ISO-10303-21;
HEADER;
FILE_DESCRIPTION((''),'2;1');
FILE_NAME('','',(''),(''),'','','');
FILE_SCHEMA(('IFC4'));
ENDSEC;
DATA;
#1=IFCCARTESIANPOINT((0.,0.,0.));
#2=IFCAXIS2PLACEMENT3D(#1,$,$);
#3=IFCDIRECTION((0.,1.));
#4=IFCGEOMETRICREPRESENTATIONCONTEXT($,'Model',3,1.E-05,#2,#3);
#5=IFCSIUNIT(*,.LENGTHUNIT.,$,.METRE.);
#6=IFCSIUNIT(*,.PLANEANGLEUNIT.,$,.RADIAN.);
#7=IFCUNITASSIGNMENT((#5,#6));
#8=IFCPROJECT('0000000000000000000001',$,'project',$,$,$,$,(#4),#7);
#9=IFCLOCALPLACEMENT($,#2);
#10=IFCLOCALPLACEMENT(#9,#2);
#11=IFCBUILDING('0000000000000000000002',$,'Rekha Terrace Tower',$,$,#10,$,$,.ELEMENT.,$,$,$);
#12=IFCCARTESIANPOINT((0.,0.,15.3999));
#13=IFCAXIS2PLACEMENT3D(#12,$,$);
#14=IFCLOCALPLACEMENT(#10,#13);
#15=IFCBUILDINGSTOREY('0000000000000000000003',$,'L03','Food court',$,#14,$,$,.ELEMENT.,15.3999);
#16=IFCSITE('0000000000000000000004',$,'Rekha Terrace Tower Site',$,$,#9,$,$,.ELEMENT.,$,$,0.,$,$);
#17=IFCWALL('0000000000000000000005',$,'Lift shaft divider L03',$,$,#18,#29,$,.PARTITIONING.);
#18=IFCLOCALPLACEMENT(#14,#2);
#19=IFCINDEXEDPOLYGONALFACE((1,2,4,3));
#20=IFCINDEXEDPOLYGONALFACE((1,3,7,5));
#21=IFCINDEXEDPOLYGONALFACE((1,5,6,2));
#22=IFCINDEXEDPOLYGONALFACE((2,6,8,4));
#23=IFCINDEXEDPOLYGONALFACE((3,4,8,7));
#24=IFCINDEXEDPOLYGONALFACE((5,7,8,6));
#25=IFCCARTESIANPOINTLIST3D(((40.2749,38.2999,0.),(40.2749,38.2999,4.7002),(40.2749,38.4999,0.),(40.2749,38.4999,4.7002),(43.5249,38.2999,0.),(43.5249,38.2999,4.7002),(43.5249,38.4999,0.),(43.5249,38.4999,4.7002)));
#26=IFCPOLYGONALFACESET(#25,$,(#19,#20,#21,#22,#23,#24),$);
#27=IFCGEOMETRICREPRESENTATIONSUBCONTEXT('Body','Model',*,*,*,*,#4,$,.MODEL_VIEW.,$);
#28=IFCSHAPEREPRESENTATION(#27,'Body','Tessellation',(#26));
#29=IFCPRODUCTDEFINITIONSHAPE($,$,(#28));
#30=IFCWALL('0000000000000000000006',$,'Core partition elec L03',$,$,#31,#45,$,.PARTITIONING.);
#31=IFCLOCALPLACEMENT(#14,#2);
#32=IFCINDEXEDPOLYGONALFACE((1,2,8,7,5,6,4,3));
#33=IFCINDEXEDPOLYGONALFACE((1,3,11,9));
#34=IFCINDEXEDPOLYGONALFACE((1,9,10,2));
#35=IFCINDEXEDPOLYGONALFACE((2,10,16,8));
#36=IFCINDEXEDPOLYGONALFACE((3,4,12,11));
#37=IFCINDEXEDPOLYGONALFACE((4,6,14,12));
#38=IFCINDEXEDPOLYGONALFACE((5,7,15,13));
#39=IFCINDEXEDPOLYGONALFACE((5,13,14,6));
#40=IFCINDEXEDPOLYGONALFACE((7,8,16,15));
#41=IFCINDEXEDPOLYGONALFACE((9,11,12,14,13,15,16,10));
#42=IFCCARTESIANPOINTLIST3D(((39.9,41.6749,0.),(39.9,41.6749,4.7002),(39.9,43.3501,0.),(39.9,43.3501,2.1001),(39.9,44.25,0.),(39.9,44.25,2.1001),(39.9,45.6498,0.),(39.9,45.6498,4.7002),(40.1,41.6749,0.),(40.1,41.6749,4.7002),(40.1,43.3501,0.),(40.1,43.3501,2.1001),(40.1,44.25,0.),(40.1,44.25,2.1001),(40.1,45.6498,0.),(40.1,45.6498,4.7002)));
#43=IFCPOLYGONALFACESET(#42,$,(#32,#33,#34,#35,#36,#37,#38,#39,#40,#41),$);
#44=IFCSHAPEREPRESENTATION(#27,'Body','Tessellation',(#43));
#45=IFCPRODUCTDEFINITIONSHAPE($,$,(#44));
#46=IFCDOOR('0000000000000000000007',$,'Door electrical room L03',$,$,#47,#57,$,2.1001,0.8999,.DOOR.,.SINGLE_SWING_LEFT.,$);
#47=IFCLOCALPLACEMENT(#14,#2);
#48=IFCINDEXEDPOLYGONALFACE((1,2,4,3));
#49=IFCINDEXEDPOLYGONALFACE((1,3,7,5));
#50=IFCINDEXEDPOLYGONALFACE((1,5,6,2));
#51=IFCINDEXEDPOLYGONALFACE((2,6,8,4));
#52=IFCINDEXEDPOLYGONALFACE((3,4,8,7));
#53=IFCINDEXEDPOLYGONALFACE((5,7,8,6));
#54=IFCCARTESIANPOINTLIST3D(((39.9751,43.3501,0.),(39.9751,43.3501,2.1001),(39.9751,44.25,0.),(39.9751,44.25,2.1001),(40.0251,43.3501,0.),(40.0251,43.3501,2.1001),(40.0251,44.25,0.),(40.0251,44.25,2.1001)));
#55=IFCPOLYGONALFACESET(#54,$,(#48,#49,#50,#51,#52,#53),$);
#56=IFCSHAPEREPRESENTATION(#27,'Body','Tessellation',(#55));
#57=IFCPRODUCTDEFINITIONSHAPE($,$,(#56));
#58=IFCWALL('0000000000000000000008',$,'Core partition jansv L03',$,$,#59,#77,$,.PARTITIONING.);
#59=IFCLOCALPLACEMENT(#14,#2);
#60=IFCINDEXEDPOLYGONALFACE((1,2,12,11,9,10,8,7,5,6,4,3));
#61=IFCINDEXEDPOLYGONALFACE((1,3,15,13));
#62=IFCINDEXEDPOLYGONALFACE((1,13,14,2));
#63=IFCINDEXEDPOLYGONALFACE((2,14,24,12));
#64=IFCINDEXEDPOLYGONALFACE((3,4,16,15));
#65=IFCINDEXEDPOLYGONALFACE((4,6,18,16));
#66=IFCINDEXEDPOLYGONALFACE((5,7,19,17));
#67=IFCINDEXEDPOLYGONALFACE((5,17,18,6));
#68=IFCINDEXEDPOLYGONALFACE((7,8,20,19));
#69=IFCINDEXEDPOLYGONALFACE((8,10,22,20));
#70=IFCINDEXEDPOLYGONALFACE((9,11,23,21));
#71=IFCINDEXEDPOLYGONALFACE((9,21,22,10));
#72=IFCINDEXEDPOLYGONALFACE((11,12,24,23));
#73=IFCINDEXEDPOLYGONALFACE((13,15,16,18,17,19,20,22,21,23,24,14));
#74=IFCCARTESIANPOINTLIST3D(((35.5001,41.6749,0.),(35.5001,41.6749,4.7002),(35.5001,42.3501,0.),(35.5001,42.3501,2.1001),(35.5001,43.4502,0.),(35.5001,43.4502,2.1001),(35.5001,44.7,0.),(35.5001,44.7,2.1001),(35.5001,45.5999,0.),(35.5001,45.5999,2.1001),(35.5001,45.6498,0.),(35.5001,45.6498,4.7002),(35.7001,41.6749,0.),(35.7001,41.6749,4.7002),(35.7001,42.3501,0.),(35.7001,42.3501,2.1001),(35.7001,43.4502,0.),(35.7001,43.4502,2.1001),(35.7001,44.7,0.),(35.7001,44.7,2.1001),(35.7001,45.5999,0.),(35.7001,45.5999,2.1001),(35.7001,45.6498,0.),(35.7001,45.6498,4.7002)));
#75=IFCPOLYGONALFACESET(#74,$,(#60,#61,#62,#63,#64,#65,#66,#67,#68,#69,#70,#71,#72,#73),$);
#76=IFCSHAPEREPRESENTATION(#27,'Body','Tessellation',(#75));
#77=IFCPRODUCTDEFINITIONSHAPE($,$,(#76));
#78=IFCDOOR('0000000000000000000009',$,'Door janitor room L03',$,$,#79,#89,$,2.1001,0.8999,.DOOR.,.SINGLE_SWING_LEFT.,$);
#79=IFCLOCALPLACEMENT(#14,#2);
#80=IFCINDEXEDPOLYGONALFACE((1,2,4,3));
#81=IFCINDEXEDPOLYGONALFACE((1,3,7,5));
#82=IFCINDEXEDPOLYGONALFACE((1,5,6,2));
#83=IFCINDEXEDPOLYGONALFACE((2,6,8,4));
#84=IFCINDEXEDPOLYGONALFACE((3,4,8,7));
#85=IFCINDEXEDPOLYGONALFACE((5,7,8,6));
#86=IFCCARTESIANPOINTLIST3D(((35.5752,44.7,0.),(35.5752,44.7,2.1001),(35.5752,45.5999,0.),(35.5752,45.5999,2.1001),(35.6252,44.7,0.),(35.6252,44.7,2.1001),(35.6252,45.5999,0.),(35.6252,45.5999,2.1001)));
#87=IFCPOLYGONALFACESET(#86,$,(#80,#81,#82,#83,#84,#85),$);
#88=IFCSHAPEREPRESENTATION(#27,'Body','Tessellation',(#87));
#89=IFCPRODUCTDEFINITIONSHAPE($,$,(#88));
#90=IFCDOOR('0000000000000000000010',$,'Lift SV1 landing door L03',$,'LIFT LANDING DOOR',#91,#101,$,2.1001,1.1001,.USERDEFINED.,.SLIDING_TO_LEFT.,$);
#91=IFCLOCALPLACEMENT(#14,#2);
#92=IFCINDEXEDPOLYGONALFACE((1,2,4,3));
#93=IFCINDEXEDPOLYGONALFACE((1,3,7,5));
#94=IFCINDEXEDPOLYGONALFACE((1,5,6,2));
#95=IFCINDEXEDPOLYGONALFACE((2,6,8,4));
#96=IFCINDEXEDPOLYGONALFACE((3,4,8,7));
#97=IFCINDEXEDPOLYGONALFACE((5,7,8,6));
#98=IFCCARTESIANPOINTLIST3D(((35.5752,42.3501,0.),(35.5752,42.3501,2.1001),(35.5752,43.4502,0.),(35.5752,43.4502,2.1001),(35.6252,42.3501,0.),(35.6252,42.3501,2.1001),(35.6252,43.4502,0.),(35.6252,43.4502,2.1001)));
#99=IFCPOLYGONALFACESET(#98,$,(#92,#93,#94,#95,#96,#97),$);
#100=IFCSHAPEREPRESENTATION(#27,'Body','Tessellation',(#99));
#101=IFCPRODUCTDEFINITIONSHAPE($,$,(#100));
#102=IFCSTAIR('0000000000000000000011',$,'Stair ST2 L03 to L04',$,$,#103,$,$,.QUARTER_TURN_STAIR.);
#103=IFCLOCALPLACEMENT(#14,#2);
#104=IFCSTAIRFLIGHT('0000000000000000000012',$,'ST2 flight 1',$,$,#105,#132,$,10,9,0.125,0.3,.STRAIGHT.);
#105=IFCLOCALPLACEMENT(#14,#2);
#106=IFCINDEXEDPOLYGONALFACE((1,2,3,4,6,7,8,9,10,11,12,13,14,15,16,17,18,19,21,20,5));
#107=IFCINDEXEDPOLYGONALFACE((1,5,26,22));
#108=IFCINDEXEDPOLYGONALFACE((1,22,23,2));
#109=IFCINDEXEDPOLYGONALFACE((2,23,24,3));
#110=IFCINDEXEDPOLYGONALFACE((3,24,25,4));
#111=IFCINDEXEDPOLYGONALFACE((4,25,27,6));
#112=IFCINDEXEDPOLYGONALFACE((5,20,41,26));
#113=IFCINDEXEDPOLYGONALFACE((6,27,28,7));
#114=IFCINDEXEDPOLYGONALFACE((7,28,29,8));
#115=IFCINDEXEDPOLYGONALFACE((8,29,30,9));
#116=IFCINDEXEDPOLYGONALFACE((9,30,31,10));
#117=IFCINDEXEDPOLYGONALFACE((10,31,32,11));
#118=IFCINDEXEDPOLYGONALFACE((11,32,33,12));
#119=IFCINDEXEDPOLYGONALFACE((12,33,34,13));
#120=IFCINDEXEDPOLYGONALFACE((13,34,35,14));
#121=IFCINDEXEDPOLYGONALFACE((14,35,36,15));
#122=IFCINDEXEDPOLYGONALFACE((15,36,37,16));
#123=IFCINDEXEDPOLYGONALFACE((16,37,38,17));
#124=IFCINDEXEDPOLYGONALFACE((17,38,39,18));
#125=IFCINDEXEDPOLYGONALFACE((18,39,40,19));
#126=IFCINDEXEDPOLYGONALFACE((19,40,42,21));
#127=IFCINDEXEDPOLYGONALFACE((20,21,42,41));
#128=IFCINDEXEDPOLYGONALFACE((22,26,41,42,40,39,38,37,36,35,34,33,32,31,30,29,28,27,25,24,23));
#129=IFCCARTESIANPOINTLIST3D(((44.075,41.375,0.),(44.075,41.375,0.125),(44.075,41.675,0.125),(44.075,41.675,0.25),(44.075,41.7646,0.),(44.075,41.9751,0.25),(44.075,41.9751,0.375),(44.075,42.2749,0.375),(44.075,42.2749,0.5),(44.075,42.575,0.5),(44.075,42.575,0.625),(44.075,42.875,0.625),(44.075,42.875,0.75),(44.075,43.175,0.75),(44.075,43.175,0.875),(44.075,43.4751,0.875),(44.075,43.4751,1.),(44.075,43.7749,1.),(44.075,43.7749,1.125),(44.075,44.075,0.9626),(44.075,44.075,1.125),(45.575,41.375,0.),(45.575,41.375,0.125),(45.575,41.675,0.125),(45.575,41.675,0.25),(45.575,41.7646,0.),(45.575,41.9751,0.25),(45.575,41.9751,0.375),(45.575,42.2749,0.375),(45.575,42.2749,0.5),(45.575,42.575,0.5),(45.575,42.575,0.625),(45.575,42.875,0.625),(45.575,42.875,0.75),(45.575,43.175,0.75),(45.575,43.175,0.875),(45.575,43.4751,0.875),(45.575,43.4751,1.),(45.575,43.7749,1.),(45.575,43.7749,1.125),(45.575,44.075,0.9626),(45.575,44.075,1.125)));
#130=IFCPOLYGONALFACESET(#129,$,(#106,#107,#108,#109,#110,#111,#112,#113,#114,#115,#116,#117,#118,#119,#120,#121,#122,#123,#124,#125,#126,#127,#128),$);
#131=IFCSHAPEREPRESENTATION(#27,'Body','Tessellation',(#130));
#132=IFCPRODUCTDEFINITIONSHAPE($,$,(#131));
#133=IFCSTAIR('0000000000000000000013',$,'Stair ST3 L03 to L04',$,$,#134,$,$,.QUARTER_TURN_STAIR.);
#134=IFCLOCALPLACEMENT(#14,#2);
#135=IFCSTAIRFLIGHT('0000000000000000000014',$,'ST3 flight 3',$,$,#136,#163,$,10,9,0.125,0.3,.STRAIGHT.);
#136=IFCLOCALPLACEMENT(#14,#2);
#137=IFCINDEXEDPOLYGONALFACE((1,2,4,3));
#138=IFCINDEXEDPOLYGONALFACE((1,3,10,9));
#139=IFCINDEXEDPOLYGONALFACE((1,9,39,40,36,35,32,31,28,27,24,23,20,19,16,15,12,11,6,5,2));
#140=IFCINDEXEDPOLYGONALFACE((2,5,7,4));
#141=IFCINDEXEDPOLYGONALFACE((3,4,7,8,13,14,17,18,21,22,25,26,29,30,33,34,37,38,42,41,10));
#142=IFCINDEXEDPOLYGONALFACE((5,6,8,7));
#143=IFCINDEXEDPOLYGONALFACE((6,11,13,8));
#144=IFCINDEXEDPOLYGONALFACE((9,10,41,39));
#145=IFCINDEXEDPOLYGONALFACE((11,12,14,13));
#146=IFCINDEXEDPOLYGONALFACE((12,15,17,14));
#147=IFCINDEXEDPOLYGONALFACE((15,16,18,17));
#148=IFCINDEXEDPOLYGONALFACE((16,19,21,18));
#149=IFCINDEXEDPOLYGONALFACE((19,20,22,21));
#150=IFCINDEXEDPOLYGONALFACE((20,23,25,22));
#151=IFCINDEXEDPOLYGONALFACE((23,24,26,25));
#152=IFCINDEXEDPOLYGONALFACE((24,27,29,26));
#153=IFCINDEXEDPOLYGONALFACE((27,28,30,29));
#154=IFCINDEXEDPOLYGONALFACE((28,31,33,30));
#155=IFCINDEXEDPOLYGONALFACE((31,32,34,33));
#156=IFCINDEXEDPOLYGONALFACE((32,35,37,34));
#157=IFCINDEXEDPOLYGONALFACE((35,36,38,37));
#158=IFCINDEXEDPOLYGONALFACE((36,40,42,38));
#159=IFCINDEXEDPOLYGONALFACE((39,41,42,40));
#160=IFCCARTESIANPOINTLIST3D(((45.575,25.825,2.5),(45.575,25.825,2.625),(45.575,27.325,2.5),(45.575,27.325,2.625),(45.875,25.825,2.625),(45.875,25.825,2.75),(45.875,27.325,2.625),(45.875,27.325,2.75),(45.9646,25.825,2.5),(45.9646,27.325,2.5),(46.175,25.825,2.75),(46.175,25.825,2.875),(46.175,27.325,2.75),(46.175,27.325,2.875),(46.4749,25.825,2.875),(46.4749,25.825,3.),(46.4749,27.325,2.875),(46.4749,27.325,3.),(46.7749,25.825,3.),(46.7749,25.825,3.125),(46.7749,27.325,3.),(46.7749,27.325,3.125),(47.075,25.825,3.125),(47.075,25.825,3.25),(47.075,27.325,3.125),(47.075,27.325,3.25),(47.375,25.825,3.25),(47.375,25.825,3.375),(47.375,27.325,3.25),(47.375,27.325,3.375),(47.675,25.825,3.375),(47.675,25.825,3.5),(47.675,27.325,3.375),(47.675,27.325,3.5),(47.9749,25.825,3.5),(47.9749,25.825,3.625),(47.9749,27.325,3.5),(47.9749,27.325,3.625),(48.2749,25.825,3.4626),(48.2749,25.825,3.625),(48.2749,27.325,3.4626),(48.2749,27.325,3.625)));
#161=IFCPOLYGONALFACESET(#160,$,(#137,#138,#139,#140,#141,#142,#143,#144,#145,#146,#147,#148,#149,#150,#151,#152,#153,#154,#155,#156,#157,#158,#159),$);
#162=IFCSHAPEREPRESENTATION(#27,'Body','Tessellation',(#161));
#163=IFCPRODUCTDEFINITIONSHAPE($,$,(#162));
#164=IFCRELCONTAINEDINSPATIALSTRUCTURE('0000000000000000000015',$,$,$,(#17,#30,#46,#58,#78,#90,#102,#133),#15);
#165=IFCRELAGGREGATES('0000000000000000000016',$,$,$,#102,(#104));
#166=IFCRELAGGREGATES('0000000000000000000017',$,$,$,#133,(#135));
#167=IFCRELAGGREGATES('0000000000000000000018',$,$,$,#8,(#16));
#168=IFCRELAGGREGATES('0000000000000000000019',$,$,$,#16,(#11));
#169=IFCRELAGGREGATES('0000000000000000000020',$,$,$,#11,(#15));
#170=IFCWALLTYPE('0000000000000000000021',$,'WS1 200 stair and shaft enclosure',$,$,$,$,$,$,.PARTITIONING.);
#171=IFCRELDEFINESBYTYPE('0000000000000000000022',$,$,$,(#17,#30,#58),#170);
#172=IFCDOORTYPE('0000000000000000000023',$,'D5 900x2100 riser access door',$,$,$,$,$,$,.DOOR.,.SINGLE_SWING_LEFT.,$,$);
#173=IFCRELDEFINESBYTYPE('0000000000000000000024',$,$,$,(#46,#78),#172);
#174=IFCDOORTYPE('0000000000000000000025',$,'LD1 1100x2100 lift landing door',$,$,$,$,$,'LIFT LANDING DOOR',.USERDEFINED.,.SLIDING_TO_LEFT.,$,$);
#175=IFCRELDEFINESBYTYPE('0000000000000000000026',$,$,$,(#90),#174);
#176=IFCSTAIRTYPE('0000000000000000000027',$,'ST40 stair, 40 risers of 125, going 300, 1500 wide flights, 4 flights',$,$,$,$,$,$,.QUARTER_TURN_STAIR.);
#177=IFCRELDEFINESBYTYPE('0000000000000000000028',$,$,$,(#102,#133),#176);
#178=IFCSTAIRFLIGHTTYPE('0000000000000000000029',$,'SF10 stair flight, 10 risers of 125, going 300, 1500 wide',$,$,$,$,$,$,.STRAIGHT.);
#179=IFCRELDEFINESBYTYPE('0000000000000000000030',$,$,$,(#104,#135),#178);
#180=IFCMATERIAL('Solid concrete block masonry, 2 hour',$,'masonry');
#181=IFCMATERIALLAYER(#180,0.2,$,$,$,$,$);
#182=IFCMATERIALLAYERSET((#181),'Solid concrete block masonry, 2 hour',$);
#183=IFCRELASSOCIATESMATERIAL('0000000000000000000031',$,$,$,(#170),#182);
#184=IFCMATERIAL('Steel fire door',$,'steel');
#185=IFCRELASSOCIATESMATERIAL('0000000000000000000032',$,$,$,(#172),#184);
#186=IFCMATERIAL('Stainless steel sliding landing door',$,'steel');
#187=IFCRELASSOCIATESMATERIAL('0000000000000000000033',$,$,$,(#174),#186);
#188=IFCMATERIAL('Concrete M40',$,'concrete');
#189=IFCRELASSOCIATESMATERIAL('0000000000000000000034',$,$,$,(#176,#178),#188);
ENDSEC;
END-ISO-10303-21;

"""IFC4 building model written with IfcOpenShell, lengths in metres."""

from ifc_helpers import new_model, si_unit, direction, frame, frame_2d, origin, place, context, subcontext, project, spatial, polyline, rectangle, outline, extrude, material, layer, layer_set, type_object, element, fill, aggregate, save


model = new_model("IFC4")

# Units and contexts
model_context = context("Model", 3, precision=1e-05, world=origin(), true_north=direction((0.0, 1.0)))
body_context = subcontext(model_context, "Body", "Model", "MODEL_VIEW")
ifc_project = project(units=[si_unit("LENGTHUNIT", "METRE"), si_unit("PLANEANGLEUNIT", "RADIAN")], contexts=[model_context])

# Site, building, storey
site_placement = place(None, origin())
site = spatial("IfcSite", under=ifc_project, at=site_placement, Name="Rekha Terrace Tower Site", CompositionType="ELEMENT", RefElevation=0.0)
building_placement = place(site_placement, origin())
building = spatial("IfcBuilding", under=site, at=building_placement, Name="Rekha Terrace Tower", CompositionType="ELEMENT")
storey_placement = place(building_placement, frame((0.0, 0.0, 15.3999)))
storey = spatial("IfcBuildingStorey", under=building, at=storey_placement, Name="L03", Description="Food court", CompositionType="ELEMENT", Elevation=15.3999)

# Shared definitions
ifc_material_1 = material(Name="Stainless steel sliding landing door", Category="steel")
ifc_material_2 = material(Name="Steel fire door", Category="steel")

# Wall
ifc_material_3 = material(Name="Solid concrete block masonry, 2 hour", Category="masonry")
ifc_layer_1 = layer(ifc_material_3, 0.2)
ifc_layer_set_1 = layer_set([ifc_layer_1], Name="Solid concrete block masonry, 2 hour")
wall_type_1 = type_object("IfcWallType", Name="WS1 200 stair and shaft enclosure", PredefinedType="PARTITIONING", material=ifc_layer_set_1)
for number, where, z_axis, x_axis, name in (
    (1, (40.2749, 38.3999, 0.0), (0.0, 0.0, 1.0), (1.0, 0.0, 0.0), "Lift shaft divider L03"),
):
    element("IfcWall", number, at=place(storey_placement, frame(where, z_axis=z_axis, x_axis=x_axis)), inside=storey, type_object=wall_type_1, Name=name, PredefinedType="PARTITIONING", context=body_context, shape_type="SweptSolid", body=[
        extrude(rectangle(XDim=3.25, YDim=0.2, at=frame_2d((1.625, 0.0))), origin(), (0.0, 0.0, 1.0), 4.7002),
    ])

# Wall, opening, door
wall_1_placement = place(storey_placement, frame((40.0, 41.675, 0.0), z_axis=(0.0, 0.0, 1.0), x_axis=(0.0, 1.0, 0.0)))
wall_1 = element("IfcWall", 2, at=wall_1_placement, inside=storey, type_object=wall_type_1, Name="Core partition elec L03", PredefinedType="PARTITIONING", context=body_context, shape_type="SweptSolid", body=[
    extrude(rectangle(XDim=3.9749, YDim=0.2, at=frame_2d((1.9873, 0.0))), origin(), (0.0, 0.0, 1.0), 4.7002),
])
opening_1_placement = place(wall_1_placement, frame((1.675, 0.0, 0.0)))
opening_1 = element("IfcOpeningElement", 3, at=opening_1_placement, cuts=wall_1, PredefinedType="OPENING", context=body_context, shape_type="SweptSolid", body=[
    extrude(rectangle(XDim=0.8999, YDim=2.1001, at=frame_2d((0.45, 1.05))), frame((0.0, 0.1099, 0.0), z_axis=(0.0, -1.0, 0.0), x_axis=(1.0, 0.0, 0.0)), (0.0, 0.0, 1.0), 0.22),
])
door_type_1 = type_object("IfcDoorType", Name="D5 900x2100 riser access door", OperationType="SINGLE_SWING_LEFT", PredefinedType="DOOR", material=ifc_material_2)
door_1_placement = place(opening_1_placement, origin())
door_1 = element("IfcDoor", 4, at=door_1_placement, inside=storey, type_object=door_type_1, Name="Door electrical room L03", OperationType="SINGLE_SWING_LEFT", OverallHeight=2.1001, OverallWidth=0.8999, PredefinedType="DOOR", context=body_context, shape_type="SweptSolid", body=[
    extrude(rectangle(XDim=0.8999, YDim=2.1001, at=frame_2d((0.45, 1.05))), frame((0.0, 0.0249, 0.0), z_axis=(0.0, -1.0, 0.0), x_axis=(1.0, 0.0, 0.0)), (0.0, 0.0, 1.0), 0.05),
])
fill(opening_1, door_1)

# Wall, openings, doors
wall_2_placement = place(storey_placement, frame((35.6001, 41.675, 0.0), z_axis=(0.0, 0.0, 1.0), x_axis=(0.0, 1.0, 0.0)))
wall_2 = element("IfcWall", 5, at=wall_2_placement, inside=storey, type_object=wall_type_1, Name="Core partition jansv L03", PredefinedType="PARTITIONING", context=body_context, shape_type="SweptSolid", body=[
    extrude(rectangle(XDim=3.9749, YDim=0.2, at=frame_2d((1.9873, 0.0))), origin(), (0.0, 0.0, 1.0), 4.7002),
])
opening_2_placement = place(wall_2_placement, frame((3.0249, 0.0, 0.0)))
opening_2 = element("IfcOpeningElement", 6, at=opening_2_placement, cuts=wall_2, PredefinedType="OPENING", context=body_context, shape_type="SweptSolid", body=[
    extrude(rectangle(XDim=0.8999, YDim=2.1001, at=frame_2d((0.45, 1.05))), frame((0.0, 0.1099, 0.0), z_axis=(0.0, -1.0, 0.0), x_axis=(1.0, 0.0, 0.0)), (0.0, 0.0, 1.0), 0.22),
])
opening_3_placement = place(wall_2_placement, frame((0.675, 0.0, 0.0)))
opening_3 = element("IfcOpeningElement", 7, at=opening_3_placement, cuts=wall_2, PredefinedType="OPENING", context=body_context, shape_type="SweptSolid", body=[
    extrude(rectangle(XDim=1.1001, YDim=2.1001, at=frame_2d((0.55, 1.05))), frame((0.0, 0.1099, 0.0), z_axis=(0.0, -1.0, 0.0), x_axis=(1.0, 0.0, 0.0)), (0.0, 0.0, 1.0), 0.22),
])
door_2_placement = place(opening_2_placement, origin())
door_2 = element("IfcDoor", 8, at=door_2_placement, inside=storey, type_object=door_type_1, Name="Door janitor room L03", OperationType="SINGLE_SWING_LEFT", OverallHeight=2.1001, OverallWidth=0.8999, PredefinedType="DOOR", context=body_context, shape_type="SweptSolid", body=[
    extrude(rectangle(XDim=0.8999, YDim=2.1001, at=frame_2d((0.45, 1.05))), frame((0.0, 0.0249, 0.0), z_axis=(0.0, -1.0, 0.0), x_axis=(1.0, 0.0, 0.0)), (0.0, 0.0, 1.0), 0.05),
])
fill(opening_2, door_2)
door_type_2 = type_object("IfcDoorType", Name="LD1 1100x2100 lift landing door", ElementType="LIFT LANDING DOOR", OperationType="SLIDING_TO_LEFT", PredefinedType="USERDEFINED", material=ifc_material_1)
door_3_placement = place(opening_3_placement, origin())
door_3 = element("IfcDoor", 9, at=door_3_placement, inside=storey, type_object=door_type_2, Name="Lift SV1 landing door L03", ObjectType="LIFT LANDING DOOR", OperationType="SLIDING_TO_LEFT", OverallHeight=2.1001, OverallWidth=1.1001, PredefinedType="USERDEFINED", context=body_context, shape_type="SweptSolid", body=[
    extrude(rectangle(XDim=1.1001, YDim=2.1001, at=frame_2d((0.55, 1.05))), frame((0.0, 0.0249, 0.0), z_axis=(0.0, -1.0, 0.0), x_axis=(1.0, 0.0, 0.0)), (0.0, 0.0, 1.0), 0.05),
])
fill(opening_3, door_3)

# Stairs, stair flights
ifc_material_4 = material(Name="Concrete M40", Category="concrete")
stair_type = type_object("IfcStairType", Name="ST40 stair, 40 risers of 125, going 300, 1500 wide flights, 4 flights", PredefinedType="QUARTER_TURN_STAIR", material=ifc_material_4)
stair_1_placement = place(storey_placement, origin())
stair_1 = element("IfcStair", 10, at=stair_1_placement, inside=storey, type_object=stair_type, Name="Stair ST2 L03 to L04", PredefinedType="QUARTER_TURN_STAIR")
stair_flight_type = type_object("IfcStairFlightType", Name="SF10 stair flight, 10 risers of 125, going 300, 1500 wide", PredefinedType="STRAIGHT", material=ifc_material_4)
stair_flight_1_placement = place(storey_placement, frame((44.825, 41.375, 0.0), z_axis=(0.0, 0.0, 1.0), x_axis=(0.0, 1.0, 0.0)))
stair_flight_1 = element("IfcStairFlight", 11, at=stair_flight_1_placement, type_object=stair_flight_type, Name="ST2 flight 1", NumberOfRisers=10, NumberOfTreads=9, PredefinedType="STRAIGHT", RiserHeight=0.125, TreadLength=0.3, context=body_context, shape_type="SweptSolid", body=[
    extrude(outline(polyline([(0.0, 0.0), (0.0, 0.125), (0.3, 0.125), (0.3, 0.25), (0.6001, 0.25), (0.6001, 0.375), (0.8999, 0.375), (0.8999, 0.5), (1.2, 0.5), (1.2, 0.625), (1.5, 0.625), (1.5, 0.75), (1.8, 0.75), (1.8, 0.875), (2.1001, 0.875), (2.1001, 1.0), (2.3999, 1.0), (2.3999, 1.125), (2.7, 1.125), (2.7, 1.25), (2.7, 0.9626), (0.3896, 0.0), (0.0, 0.0)])), frame((0.0, 0.75, 0.0), z_axis=(0.0, -1.0, 0.0), x_axis=(1.0, 0.0, 0.0)), (0.0, 0.0, 1.0), 1.5),
])
aggregate(stair_1, [stair_flight_1])
stair_2_placement = place(storey_placement, origin())
stair_2 = element("IfcStair", 12, at=stair_2_placement, inside=storey, type_object=stair_type, Name="Stair ST3 L03 to L04", PredefinedType="QUARTER_TURN_STAIR")
stair_flight_2_placement = place(storey_placement, frame((45.575, 26.575, 2.5), z_axis=(0.0, 0.0, 1.0), x_axis=(1.0, 0.0, 0.0)))
stair_flight_2 = element("IfcStairFlight", 13, at=stair_flight_2_placement, type_object=stair_flight_type, Name="ST3 flight 3", NumberOfRisers=10, NumberOfTreads=9, PredefinedType="STRAIGHT", RiserHeight=0.125, TreadLength=0.3, context=body_context, shape_type="SweptSolid", body=[
    extrude(outline(polyline([(0.0, 0.0), (0.0, 0.125), (0.3, 0.125), (0.3, 0.25), (0.6001, 0.25), (0.6001, 0.375), (0.8999, 0.375), (0.8999, 0.5), (1.2, 0.5), (1.2, 0.625), (1.5, 0.625), (1.5, 0.75), (1.8, 0.75), (1.8, 0.875), (2.1001, 0.875), (2.1001, 1.0), (2.3999, 1.0), (2.3999, 1.125), (2.7, 1.125), (2.7, 1.25), (2.7, 0.9626), (0.3896, 0.0), (0.0, 0.0)])), frame((0.0, 0.75, 0.0), z_axis=(0.0, -1.0, 0.0), x_axis=(1.0, 0.0, 0.0)), (0.0, 0.0, 1.0), 1.5),
])
aggregate(stair_2, [stair_flight_2])

save(model, "model.ifc")
